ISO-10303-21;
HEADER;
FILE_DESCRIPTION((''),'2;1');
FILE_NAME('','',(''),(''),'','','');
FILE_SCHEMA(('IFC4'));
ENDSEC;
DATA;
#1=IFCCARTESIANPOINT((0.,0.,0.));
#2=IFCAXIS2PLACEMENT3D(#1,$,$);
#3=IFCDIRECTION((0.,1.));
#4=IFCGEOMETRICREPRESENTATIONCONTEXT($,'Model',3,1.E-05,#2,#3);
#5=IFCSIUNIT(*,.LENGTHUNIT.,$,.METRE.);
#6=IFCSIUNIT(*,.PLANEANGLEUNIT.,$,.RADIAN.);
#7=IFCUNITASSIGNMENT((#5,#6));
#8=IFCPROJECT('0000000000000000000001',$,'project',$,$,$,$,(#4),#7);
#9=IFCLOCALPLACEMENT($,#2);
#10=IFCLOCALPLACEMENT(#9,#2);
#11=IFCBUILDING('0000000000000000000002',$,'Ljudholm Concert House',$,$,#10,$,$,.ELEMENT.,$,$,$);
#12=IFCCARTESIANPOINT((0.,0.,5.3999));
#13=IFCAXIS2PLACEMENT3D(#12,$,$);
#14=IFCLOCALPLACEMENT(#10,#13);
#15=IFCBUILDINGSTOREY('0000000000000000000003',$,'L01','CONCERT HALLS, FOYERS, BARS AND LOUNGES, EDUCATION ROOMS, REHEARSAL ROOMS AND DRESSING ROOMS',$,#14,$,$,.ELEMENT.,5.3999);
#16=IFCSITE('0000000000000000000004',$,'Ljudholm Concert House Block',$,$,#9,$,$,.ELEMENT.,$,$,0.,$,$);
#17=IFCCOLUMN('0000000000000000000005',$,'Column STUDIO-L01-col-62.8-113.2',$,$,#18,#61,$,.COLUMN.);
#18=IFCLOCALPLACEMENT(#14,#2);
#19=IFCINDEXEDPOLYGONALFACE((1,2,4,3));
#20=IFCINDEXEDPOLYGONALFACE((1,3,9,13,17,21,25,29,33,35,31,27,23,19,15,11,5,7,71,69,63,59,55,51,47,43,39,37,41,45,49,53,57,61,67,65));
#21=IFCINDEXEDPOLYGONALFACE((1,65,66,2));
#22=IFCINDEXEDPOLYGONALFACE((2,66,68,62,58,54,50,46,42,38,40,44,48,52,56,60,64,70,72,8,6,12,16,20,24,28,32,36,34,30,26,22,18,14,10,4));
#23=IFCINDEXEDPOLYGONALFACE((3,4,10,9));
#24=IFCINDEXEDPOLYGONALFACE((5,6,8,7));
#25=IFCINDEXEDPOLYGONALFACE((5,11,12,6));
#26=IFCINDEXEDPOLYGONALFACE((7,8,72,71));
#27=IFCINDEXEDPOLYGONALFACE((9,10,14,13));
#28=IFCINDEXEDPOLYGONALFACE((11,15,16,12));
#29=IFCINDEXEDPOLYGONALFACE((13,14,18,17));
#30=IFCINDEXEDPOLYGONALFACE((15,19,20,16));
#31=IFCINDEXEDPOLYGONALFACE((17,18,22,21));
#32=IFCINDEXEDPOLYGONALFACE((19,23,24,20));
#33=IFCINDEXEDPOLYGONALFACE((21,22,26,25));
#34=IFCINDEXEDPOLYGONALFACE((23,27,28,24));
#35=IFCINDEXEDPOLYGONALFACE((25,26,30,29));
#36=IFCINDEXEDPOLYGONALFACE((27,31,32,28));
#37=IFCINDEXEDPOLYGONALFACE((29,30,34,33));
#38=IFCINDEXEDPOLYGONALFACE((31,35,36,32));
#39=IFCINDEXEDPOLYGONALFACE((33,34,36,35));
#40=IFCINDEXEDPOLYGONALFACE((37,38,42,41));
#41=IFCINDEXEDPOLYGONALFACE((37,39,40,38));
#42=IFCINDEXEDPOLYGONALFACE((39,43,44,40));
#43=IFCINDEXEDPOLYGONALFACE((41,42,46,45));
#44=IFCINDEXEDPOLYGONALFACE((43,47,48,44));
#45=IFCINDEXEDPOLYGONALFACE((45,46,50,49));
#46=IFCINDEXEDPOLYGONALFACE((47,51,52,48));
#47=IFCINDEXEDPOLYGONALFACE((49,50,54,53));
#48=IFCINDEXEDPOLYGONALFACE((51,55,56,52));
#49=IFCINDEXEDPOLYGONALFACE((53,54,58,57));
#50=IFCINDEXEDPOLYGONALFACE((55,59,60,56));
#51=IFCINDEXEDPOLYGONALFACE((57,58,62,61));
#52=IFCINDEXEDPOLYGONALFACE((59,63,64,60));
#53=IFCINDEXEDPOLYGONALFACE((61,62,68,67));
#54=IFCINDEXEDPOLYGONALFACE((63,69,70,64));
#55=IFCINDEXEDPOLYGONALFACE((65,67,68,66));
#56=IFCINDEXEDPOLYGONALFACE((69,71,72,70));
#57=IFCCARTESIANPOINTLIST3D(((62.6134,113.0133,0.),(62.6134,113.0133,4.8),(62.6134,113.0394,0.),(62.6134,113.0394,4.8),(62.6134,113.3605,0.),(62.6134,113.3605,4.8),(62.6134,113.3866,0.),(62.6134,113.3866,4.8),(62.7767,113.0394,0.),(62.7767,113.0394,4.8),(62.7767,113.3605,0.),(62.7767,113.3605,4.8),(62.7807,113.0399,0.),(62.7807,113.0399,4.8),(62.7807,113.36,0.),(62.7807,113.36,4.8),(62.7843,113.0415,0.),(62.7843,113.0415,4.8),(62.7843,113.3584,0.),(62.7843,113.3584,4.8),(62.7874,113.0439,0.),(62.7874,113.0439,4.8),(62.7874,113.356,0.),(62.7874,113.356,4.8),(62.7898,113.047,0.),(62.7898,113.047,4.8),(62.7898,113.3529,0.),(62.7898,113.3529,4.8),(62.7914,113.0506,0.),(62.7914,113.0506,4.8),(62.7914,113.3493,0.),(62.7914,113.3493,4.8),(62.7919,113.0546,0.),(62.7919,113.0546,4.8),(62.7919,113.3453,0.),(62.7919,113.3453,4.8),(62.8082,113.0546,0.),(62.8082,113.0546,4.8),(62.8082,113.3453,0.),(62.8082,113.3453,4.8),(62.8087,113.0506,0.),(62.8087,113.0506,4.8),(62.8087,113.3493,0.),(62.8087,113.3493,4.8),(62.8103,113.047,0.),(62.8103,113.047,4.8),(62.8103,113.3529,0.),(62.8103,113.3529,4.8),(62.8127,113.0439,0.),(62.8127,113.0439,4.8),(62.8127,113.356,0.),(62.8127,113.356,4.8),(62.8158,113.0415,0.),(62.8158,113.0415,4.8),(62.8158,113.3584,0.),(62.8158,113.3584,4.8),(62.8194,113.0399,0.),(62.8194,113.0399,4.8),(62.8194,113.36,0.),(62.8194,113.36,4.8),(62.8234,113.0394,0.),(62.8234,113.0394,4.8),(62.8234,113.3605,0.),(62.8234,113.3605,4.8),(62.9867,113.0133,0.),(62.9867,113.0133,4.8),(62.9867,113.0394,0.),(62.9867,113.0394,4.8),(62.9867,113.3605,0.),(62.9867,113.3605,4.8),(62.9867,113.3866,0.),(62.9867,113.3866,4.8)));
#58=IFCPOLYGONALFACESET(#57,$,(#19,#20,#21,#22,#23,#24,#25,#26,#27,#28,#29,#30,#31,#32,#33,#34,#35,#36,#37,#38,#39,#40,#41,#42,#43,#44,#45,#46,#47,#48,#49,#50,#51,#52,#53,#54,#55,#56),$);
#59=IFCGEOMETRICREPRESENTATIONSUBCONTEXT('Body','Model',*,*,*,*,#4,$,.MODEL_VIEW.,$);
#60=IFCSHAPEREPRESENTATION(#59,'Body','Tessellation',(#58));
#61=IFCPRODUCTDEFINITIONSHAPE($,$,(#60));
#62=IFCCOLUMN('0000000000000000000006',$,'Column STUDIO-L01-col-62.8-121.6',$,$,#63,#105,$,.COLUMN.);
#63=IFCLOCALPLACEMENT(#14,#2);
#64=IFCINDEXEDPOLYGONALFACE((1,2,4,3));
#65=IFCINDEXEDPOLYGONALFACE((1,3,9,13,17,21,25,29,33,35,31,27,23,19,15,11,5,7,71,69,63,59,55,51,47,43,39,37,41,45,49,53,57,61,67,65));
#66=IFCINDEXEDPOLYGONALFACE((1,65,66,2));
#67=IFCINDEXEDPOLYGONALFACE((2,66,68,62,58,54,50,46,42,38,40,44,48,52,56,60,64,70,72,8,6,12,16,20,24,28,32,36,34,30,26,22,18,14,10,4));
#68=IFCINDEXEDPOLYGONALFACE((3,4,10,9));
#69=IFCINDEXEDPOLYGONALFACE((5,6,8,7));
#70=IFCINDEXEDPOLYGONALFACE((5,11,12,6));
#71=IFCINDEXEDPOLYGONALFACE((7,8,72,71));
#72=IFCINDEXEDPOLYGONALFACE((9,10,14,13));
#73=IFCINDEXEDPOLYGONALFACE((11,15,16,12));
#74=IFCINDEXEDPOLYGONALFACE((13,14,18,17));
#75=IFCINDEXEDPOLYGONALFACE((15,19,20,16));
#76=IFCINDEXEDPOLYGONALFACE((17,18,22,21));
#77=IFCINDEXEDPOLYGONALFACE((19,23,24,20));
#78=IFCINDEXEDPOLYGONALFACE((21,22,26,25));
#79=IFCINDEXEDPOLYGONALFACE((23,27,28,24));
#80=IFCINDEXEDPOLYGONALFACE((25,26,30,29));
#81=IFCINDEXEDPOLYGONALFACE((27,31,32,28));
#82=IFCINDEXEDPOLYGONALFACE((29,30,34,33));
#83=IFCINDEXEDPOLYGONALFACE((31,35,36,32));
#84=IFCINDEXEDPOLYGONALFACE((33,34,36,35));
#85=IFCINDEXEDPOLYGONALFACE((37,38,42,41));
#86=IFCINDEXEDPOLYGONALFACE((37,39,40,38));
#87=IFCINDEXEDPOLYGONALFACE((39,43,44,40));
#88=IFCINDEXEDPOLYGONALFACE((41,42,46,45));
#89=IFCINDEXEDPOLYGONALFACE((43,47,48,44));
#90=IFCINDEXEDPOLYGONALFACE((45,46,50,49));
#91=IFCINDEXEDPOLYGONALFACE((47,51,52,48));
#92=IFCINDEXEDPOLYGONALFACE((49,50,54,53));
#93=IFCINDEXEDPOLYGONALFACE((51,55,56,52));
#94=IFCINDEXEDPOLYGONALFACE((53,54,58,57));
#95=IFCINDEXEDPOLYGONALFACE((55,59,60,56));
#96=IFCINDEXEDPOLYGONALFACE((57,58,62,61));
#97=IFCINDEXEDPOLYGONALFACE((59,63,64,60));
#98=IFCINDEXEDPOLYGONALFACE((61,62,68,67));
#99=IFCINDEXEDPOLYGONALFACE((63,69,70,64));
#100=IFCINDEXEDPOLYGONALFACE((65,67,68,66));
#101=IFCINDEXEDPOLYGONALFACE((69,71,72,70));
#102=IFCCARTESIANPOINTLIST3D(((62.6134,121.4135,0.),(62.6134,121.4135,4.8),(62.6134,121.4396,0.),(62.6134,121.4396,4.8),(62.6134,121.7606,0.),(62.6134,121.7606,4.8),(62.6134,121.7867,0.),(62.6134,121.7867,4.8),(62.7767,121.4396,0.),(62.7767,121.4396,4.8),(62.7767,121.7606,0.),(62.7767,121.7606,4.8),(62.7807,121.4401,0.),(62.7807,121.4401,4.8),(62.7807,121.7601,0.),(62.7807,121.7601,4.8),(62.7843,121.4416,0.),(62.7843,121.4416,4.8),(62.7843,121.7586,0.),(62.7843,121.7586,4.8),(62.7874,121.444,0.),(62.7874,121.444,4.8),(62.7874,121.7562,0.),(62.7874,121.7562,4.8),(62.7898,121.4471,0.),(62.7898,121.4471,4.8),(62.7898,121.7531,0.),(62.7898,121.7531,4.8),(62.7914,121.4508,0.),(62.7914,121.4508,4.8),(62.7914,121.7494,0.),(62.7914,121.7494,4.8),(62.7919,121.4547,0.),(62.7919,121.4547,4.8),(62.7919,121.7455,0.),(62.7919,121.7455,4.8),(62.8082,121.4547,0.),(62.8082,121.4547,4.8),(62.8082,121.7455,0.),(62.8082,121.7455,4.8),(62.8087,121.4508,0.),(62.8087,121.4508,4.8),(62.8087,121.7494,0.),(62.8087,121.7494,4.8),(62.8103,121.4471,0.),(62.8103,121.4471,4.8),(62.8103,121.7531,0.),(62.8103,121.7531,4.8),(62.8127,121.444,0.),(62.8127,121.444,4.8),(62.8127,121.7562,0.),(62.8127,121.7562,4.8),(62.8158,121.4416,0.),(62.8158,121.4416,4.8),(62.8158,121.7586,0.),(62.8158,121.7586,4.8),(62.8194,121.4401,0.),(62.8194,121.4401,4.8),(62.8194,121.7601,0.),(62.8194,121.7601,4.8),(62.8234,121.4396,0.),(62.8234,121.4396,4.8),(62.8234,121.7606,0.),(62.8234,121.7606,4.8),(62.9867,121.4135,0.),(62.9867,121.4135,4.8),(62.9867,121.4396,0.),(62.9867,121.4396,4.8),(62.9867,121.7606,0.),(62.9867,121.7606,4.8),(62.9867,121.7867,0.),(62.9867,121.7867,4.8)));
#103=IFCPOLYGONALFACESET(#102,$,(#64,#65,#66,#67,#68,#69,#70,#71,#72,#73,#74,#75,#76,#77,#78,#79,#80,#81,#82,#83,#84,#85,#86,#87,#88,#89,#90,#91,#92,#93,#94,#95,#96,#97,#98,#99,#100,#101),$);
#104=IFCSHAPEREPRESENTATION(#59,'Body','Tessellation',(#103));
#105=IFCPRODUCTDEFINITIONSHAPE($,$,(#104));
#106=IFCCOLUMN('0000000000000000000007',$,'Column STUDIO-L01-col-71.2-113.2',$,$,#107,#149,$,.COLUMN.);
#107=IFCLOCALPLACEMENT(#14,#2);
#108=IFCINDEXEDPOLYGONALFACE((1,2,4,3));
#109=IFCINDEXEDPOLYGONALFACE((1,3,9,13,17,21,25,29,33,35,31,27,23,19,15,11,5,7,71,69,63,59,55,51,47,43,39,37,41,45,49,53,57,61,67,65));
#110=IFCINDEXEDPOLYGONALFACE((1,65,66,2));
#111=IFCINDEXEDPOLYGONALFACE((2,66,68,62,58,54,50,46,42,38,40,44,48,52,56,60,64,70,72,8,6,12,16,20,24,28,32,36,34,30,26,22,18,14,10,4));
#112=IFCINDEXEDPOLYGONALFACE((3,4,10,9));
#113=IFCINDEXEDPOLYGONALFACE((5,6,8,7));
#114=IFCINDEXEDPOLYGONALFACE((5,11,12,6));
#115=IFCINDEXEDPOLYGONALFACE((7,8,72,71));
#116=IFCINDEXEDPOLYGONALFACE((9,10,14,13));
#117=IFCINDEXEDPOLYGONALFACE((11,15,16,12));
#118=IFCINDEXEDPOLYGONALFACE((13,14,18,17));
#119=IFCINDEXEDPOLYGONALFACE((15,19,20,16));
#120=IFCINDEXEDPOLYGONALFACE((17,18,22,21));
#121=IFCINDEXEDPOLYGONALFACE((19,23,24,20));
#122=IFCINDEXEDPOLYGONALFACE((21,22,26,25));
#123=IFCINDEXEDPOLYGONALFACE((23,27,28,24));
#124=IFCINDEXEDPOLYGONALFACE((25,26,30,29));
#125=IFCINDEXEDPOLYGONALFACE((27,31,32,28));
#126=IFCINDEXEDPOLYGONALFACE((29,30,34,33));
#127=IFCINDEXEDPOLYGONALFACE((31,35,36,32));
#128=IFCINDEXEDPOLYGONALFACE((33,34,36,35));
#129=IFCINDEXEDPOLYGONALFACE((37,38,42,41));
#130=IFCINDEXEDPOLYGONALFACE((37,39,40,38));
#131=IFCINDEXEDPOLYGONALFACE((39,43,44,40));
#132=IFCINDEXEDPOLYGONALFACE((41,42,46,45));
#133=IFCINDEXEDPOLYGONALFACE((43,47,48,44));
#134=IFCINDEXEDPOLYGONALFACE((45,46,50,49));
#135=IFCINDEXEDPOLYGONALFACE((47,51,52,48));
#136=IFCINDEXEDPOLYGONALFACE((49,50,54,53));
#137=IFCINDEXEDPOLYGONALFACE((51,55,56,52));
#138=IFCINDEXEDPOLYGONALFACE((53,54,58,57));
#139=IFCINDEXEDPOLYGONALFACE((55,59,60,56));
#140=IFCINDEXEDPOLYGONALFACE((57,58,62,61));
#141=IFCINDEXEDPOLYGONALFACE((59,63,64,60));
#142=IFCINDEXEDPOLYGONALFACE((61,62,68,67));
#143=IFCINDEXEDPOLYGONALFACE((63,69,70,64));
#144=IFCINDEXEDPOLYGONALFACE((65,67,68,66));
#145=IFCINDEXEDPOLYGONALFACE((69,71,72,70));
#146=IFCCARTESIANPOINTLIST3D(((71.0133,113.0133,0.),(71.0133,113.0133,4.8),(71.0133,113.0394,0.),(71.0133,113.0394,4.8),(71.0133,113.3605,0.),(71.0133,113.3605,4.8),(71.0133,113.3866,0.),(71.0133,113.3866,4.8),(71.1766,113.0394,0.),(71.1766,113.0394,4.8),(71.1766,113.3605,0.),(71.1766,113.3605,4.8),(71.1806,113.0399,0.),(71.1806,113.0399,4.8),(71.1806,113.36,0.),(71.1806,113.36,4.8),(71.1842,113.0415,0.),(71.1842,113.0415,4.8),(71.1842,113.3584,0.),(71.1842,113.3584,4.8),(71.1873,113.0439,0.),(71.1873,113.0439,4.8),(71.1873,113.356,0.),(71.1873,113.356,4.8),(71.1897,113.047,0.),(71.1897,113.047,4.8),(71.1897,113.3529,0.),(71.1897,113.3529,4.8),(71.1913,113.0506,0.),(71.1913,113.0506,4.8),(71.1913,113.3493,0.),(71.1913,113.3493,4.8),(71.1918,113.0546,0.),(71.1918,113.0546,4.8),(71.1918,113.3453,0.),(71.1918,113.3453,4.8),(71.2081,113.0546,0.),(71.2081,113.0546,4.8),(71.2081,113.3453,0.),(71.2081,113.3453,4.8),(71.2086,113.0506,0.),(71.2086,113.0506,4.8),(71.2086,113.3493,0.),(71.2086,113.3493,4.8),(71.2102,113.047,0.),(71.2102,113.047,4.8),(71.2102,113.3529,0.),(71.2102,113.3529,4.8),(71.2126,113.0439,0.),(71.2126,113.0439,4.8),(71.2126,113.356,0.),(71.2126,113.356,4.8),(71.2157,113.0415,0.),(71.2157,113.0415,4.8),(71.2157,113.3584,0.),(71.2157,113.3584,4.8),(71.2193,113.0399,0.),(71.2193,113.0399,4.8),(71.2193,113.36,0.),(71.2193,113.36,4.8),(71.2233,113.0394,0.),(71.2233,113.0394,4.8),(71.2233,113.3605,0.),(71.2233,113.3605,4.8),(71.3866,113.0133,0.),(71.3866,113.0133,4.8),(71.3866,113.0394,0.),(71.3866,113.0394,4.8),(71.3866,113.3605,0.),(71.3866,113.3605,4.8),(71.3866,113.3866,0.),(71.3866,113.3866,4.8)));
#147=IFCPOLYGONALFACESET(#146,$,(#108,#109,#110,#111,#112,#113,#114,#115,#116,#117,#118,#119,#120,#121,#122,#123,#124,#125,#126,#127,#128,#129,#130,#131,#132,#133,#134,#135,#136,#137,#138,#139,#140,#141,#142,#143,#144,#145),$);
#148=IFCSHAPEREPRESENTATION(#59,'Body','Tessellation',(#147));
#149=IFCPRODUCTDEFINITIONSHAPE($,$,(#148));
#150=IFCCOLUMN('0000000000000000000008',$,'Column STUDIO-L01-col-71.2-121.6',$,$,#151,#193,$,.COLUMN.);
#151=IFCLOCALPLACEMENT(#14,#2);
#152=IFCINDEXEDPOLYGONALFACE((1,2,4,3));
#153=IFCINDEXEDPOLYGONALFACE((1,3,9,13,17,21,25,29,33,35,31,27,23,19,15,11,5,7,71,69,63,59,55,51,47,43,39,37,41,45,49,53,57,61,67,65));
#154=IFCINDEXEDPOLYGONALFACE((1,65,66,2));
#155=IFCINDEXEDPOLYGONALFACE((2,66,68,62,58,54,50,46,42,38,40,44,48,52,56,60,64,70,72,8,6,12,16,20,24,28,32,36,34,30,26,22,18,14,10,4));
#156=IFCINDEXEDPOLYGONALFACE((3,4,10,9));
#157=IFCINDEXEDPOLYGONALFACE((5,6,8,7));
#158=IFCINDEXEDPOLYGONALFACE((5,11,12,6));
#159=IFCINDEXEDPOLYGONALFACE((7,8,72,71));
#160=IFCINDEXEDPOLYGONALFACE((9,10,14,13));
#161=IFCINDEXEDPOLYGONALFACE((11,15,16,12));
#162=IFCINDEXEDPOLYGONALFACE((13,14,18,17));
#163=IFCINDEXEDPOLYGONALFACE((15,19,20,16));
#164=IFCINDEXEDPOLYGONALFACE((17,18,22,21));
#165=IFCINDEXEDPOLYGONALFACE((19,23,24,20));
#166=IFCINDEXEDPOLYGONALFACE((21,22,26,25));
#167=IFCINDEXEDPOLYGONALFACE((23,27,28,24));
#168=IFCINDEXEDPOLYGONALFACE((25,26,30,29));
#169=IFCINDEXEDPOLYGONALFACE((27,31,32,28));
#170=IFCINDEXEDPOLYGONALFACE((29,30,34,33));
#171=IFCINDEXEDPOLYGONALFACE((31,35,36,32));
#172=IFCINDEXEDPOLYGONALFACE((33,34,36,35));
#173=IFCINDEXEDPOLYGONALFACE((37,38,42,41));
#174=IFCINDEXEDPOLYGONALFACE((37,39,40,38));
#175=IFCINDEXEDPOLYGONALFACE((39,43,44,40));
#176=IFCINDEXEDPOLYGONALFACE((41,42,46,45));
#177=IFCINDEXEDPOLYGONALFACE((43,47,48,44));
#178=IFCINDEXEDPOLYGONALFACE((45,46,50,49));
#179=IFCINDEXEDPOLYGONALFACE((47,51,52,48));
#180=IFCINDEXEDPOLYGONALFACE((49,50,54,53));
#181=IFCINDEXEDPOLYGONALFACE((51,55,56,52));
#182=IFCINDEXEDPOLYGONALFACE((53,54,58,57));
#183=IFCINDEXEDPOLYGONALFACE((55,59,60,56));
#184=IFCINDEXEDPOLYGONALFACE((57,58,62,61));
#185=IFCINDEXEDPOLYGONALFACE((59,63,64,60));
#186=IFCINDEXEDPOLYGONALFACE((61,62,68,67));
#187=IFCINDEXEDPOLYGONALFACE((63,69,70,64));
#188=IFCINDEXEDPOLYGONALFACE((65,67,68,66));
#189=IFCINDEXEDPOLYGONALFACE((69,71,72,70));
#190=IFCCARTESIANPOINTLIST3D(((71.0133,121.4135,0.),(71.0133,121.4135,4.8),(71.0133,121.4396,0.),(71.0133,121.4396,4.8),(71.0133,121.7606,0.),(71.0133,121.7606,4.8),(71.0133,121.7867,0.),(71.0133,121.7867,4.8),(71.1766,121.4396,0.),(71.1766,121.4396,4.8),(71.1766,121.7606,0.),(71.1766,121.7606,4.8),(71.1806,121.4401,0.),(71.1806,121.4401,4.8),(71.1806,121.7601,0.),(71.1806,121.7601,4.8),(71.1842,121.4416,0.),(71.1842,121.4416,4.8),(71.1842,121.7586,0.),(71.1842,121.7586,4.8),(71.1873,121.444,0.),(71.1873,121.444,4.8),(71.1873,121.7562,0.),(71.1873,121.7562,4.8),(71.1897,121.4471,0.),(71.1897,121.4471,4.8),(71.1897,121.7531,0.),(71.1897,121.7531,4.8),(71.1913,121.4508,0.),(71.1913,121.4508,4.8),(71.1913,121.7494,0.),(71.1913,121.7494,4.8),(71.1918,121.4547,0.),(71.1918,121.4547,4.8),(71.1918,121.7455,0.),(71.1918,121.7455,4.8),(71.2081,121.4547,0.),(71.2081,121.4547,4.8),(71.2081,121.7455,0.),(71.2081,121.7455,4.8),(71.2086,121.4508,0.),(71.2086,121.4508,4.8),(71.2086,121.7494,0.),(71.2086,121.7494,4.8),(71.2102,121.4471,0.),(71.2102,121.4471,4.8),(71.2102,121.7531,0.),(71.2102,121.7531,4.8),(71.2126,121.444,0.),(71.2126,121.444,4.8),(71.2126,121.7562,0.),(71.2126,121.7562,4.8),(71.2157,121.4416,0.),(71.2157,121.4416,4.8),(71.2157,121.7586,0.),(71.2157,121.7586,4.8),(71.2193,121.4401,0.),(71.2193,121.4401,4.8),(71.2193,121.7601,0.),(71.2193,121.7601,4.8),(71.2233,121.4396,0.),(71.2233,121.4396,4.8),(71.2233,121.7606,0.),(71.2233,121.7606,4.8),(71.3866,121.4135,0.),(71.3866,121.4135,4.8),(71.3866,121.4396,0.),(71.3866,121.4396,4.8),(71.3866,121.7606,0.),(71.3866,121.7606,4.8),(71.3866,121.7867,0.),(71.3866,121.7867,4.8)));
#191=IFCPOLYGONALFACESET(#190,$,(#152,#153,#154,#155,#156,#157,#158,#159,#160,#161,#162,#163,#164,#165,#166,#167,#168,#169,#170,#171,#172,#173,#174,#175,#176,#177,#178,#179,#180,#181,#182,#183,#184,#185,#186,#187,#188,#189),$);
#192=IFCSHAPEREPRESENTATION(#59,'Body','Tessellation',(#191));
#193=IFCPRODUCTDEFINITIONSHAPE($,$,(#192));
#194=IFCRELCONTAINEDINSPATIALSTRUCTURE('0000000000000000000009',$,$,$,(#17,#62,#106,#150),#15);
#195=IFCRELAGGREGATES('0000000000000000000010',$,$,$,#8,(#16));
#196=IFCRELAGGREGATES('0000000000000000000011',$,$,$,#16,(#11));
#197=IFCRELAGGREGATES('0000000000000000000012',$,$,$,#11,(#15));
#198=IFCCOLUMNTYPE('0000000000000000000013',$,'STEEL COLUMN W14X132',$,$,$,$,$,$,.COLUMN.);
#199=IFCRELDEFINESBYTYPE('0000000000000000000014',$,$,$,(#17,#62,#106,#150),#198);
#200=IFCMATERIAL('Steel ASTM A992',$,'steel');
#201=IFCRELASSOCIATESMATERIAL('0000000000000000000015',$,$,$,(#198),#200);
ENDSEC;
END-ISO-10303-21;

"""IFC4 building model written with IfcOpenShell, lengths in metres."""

from ifc_helpers import new_model, si_unit, direction, frame, origin, origin_2d, place, context, subcontext, project, spatial, i_section, extrude, material, material_profile, profile_set, type_object, element, save


model = new_model("IFC4")

# Units and contexts
model_context = context("Model", 3, precision=1e-05, world=origin(), true_north=direction((0.0, 1.0)))
body_context = subcontext(model_context, "Body", "Model", "MODEL_VIEW")
ifc_project = project(units=[si_unit("LENGTHUNIT", "METRE"), si_unit("PLANEANGLEUNIT", "RADIAN")], contexts=[model_context])

# Site, building, storey
site_placement = place(None, origin())
site = spatial("IfcSite", under=ifc_project, at=site_placement, Name="Ljudholm Concert House Block", CompositionType="ELEMENT", RefElevation=0.0)
building_placement = place(site_placement, origin())
building = spatial("IfcBuilding", under=site, at=building_placement, Name="Ljudholm Concert House", CompositionType="ELEMENT")
storey_placement = place(building_placement, frame((0.0, 0.0, 5.3999)))
storey = spatial("IfcBuildingStorey", under=building, at=storey_placement, Name="L01", Description="CONCERT HALLS, FOYERS, BARS AND LOUNGES, EDUCATION ROOMS, REHEARSAL ROOMS AND DRESSING ROOMS", CompositionType="ELEMENT", Elevation=5.3999)

# Columns
ifc_material_1 = material(Name="Steel ASTM A992", Category="steel")
ifc_material_profile_1 = material_profile(ifc_material_1, i_section(OverallWidth=0.3733, OverallDepth=0.3733, WebThickness=0.0164, FlangeThickness=0.0261, FilletRadius=0.0151, at=origin_2d()), Name="W14X132")
ifc_profile_set_1 = profile_set([ifc_material_profile_1], Name="Steel ASTM A992")
column_type = type_object("IfcColumnType", Name="STEEL COLUMN W14X132", PredefinedType="COLUMN", material=ifc_profile_set_1)
for number, where, z_axis, x_axis, name in (
    (1, (62.8, 113.2, 0.0), (0.0, 0.0, 1.0), (1.0, 0.0, 0.0), "Column STUDIO-L01-col-62.8-113.2"),
    (2, (62.8, 121.6001, 0.0), (0.0, 0.0, 1.0), (1.0, 0.0, 0.0), "Column STUDIO-L01-col-62.8-121.6"),
    (3, (71.2, 113.2, 0.0), (0.0, 0.0, 1.0), (1.0, 0.0, 0.0), "Column STUDIO-L01-col-71.2-113.2"),
    (4, (71.2, 121.6001, 0.0), (0.0, 0.0, 1.0), (1.0, 0.0, 0.0), "Column STUDIO-L01-col-71.2-121.6"),
):
    element("IfcColumn", number, at=place(storey_placement, frame(where, z_axis=z_axis, x_axis=x_axis)), inside=storey, type_object=column_type, Name=name, PredefinedType="COLUMN", context=body_context, shape_type="SweptSolid", body=[
        extrude(i_section(OverallWidth=0.3733, OverallDepth=0.3733, WebThickness=0.0164, FlangeThickness=0.0261, FilletRadius=0.0151, at=origin_2d()), origin(), (0.0, 0.0, 1.0), 4.8),
    ])

save(model, "model.ifc")
